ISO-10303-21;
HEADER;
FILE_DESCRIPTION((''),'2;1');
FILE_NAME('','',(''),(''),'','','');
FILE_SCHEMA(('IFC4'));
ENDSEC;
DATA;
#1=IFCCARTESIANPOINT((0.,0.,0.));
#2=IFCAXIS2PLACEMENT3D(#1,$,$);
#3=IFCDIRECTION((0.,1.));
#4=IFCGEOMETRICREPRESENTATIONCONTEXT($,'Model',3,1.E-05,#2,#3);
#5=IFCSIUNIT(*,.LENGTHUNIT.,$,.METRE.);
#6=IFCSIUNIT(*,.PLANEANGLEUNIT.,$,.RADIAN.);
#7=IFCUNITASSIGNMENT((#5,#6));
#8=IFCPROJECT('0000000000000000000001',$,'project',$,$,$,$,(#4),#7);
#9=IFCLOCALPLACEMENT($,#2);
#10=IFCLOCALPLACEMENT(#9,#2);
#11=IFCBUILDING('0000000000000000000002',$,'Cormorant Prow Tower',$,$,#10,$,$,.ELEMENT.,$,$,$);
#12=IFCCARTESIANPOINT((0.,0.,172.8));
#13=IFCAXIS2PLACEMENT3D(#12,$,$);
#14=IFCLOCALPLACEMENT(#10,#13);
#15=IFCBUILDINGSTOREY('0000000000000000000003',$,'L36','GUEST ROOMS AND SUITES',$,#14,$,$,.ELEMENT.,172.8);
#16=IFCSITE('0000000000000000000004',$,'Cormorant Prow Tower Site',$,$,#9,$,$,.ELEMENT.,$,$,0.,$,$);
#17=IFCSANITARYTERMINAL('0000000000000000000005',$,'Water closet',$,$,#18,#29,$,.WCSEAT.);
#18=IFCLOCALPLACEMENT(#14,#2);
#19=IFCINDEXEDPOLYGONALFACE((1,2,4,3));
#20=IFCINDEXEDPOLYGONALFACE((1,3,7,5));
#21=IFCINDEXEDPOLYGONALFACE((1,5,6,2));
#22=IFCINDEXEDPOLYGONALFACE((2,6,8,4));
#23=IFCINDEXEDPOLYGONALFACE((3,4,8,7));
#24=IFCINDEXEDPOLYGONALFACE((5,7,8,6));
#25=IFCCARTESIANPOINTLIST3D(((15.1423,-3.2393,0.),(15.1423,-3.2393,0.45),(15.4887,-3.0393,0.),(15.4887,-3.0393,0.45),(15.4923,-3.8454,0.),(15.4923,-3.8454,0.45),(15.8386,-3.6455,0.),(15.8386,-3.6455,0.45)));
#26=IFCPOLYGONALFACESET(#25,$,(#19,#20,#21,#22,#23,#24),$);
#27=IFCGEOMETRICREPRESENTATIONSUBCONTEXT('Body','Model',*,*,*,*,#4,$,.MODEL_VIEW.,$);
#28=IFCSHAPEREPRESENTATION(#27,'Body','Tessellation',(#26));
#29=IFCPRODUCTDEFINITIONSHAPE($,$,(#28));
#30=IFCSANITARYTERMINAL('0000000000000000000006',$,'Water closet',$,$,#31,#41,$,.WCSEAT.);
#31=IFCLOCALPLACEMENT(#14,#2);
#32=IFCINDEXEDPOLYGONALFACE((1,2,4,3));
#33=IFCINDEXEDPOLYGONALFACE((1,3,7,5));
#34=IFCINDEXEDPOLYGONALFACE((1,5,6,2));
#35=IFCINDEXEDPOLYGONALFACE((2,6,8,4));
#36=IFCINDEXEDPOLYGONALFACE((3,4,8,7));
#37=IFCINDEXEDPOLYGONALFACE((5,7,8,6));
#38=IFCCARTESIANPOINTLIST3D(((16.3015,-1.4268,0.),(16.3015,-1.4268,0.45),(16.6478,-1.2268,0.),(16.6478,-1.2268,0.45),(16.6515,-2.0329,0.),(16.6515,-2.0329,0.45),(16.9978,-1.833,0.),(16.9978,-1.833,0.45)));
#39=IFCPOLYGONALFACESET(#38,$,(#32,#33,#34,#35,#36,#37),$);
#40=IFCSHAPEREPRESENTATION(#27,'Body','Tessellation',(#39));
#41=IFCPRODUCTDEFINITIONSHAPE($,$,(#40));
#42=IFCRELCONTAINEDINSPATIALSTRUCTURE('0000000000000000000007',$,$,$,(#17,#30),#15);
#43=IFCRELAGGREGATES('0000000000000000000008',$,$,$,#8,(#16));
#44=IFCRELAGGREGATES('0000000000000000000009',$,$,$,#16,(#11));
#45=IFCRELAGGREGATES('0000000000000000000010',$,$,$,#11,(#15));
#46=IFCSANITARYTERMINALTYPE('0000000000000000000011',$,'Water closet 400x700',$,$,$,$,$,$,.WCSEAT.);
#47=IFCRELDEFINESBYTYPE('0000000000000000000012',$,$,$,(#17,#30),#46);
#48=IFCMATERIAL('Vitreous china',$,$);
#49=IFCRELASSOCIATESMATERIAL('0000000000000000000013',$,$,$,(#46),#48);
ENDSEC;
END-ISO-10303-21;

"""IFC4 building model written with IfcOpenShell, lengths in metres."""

from ifc_helpers import new_model, si_unit, direction, frame, origin, origin_2d, place, context, subcontext, project, spatial, rectangle, extrude, material, type_object, element, save


model = new_model("IFC4")

# Units and contexts
model_context = context("Model", 3, precision=1e-05, world=origin(), true_north=direction((0.0, 1.0)))
body_context = subcontext(model_context, "Body", "Model", "MODEL_VIEW")
ifc_project = project(units=[si_unit("LENGTHUNIT", "METRE"), si_unit("PLANEANGLEUNIT", "RADIAN")], contexts=[model_context])

# Site, building, storey
site_placement = place(None, origin())
site = spatial("IfcSite", under=ifc_project, at=site_placement, Name="Cormorant Prow Tower Site", CompositionType="ELEMENT", RefElevation=0.0)
building_placement = place(site_placement, origin())
building = spatial("IfcBuilding", under=site, at=building_placement, Name="Cormorant Prow Tower", CompositionType="ELEMENT")
storey_placement = place(building_placement, frame((0.0, 0.0, 172.8)))
storey = spatial("IfcBuildingStorey", under=building, at=storey_placement, Name="L36", Description="GUEST ROOMS AND SUITES", CompositionType="ELEMENT", Elevation=172.8)

# Sanitary terminals
ifc_material_1 = material(Name="Vitreous china")
sanitary_terminal_type_1 = type_object("IfcSanitaryTerminalType", Name="Water closet 400x700", PredefinedType="WCSEAT", material=ifc_material_1)
for number, where, z_axis, x_axis, name in (
    (1, (15.4905, -3.4424, 0.0), (0.0, 0.0, 1.0), (0.866025, 0.5, 0.0), "Water closet"),
    (2, (16.6497, -1.6299, 0.0), (0.0, 0.0, 1.0), (-0.866025, -0.5, 0.0), "Water closet"),
):
    element("IfcSanitaryTerminal", number, at=place(storey_placement, frame(where, z_axis=z_axis, x_axis=x_axis)), inside=storey, type_object=sanitary_terminal_type_1, Name=name, PredefinedType="WCSEAT", context=body_context, shape_type="SweptSolid", body=[
        extrude(rectangle(XDim=0.3999, YDim=0.7, at=origin_2d()), origin(), (0.0, 0.0, 1.0), 0.45),
    ])

save(model, "model.ifc")
